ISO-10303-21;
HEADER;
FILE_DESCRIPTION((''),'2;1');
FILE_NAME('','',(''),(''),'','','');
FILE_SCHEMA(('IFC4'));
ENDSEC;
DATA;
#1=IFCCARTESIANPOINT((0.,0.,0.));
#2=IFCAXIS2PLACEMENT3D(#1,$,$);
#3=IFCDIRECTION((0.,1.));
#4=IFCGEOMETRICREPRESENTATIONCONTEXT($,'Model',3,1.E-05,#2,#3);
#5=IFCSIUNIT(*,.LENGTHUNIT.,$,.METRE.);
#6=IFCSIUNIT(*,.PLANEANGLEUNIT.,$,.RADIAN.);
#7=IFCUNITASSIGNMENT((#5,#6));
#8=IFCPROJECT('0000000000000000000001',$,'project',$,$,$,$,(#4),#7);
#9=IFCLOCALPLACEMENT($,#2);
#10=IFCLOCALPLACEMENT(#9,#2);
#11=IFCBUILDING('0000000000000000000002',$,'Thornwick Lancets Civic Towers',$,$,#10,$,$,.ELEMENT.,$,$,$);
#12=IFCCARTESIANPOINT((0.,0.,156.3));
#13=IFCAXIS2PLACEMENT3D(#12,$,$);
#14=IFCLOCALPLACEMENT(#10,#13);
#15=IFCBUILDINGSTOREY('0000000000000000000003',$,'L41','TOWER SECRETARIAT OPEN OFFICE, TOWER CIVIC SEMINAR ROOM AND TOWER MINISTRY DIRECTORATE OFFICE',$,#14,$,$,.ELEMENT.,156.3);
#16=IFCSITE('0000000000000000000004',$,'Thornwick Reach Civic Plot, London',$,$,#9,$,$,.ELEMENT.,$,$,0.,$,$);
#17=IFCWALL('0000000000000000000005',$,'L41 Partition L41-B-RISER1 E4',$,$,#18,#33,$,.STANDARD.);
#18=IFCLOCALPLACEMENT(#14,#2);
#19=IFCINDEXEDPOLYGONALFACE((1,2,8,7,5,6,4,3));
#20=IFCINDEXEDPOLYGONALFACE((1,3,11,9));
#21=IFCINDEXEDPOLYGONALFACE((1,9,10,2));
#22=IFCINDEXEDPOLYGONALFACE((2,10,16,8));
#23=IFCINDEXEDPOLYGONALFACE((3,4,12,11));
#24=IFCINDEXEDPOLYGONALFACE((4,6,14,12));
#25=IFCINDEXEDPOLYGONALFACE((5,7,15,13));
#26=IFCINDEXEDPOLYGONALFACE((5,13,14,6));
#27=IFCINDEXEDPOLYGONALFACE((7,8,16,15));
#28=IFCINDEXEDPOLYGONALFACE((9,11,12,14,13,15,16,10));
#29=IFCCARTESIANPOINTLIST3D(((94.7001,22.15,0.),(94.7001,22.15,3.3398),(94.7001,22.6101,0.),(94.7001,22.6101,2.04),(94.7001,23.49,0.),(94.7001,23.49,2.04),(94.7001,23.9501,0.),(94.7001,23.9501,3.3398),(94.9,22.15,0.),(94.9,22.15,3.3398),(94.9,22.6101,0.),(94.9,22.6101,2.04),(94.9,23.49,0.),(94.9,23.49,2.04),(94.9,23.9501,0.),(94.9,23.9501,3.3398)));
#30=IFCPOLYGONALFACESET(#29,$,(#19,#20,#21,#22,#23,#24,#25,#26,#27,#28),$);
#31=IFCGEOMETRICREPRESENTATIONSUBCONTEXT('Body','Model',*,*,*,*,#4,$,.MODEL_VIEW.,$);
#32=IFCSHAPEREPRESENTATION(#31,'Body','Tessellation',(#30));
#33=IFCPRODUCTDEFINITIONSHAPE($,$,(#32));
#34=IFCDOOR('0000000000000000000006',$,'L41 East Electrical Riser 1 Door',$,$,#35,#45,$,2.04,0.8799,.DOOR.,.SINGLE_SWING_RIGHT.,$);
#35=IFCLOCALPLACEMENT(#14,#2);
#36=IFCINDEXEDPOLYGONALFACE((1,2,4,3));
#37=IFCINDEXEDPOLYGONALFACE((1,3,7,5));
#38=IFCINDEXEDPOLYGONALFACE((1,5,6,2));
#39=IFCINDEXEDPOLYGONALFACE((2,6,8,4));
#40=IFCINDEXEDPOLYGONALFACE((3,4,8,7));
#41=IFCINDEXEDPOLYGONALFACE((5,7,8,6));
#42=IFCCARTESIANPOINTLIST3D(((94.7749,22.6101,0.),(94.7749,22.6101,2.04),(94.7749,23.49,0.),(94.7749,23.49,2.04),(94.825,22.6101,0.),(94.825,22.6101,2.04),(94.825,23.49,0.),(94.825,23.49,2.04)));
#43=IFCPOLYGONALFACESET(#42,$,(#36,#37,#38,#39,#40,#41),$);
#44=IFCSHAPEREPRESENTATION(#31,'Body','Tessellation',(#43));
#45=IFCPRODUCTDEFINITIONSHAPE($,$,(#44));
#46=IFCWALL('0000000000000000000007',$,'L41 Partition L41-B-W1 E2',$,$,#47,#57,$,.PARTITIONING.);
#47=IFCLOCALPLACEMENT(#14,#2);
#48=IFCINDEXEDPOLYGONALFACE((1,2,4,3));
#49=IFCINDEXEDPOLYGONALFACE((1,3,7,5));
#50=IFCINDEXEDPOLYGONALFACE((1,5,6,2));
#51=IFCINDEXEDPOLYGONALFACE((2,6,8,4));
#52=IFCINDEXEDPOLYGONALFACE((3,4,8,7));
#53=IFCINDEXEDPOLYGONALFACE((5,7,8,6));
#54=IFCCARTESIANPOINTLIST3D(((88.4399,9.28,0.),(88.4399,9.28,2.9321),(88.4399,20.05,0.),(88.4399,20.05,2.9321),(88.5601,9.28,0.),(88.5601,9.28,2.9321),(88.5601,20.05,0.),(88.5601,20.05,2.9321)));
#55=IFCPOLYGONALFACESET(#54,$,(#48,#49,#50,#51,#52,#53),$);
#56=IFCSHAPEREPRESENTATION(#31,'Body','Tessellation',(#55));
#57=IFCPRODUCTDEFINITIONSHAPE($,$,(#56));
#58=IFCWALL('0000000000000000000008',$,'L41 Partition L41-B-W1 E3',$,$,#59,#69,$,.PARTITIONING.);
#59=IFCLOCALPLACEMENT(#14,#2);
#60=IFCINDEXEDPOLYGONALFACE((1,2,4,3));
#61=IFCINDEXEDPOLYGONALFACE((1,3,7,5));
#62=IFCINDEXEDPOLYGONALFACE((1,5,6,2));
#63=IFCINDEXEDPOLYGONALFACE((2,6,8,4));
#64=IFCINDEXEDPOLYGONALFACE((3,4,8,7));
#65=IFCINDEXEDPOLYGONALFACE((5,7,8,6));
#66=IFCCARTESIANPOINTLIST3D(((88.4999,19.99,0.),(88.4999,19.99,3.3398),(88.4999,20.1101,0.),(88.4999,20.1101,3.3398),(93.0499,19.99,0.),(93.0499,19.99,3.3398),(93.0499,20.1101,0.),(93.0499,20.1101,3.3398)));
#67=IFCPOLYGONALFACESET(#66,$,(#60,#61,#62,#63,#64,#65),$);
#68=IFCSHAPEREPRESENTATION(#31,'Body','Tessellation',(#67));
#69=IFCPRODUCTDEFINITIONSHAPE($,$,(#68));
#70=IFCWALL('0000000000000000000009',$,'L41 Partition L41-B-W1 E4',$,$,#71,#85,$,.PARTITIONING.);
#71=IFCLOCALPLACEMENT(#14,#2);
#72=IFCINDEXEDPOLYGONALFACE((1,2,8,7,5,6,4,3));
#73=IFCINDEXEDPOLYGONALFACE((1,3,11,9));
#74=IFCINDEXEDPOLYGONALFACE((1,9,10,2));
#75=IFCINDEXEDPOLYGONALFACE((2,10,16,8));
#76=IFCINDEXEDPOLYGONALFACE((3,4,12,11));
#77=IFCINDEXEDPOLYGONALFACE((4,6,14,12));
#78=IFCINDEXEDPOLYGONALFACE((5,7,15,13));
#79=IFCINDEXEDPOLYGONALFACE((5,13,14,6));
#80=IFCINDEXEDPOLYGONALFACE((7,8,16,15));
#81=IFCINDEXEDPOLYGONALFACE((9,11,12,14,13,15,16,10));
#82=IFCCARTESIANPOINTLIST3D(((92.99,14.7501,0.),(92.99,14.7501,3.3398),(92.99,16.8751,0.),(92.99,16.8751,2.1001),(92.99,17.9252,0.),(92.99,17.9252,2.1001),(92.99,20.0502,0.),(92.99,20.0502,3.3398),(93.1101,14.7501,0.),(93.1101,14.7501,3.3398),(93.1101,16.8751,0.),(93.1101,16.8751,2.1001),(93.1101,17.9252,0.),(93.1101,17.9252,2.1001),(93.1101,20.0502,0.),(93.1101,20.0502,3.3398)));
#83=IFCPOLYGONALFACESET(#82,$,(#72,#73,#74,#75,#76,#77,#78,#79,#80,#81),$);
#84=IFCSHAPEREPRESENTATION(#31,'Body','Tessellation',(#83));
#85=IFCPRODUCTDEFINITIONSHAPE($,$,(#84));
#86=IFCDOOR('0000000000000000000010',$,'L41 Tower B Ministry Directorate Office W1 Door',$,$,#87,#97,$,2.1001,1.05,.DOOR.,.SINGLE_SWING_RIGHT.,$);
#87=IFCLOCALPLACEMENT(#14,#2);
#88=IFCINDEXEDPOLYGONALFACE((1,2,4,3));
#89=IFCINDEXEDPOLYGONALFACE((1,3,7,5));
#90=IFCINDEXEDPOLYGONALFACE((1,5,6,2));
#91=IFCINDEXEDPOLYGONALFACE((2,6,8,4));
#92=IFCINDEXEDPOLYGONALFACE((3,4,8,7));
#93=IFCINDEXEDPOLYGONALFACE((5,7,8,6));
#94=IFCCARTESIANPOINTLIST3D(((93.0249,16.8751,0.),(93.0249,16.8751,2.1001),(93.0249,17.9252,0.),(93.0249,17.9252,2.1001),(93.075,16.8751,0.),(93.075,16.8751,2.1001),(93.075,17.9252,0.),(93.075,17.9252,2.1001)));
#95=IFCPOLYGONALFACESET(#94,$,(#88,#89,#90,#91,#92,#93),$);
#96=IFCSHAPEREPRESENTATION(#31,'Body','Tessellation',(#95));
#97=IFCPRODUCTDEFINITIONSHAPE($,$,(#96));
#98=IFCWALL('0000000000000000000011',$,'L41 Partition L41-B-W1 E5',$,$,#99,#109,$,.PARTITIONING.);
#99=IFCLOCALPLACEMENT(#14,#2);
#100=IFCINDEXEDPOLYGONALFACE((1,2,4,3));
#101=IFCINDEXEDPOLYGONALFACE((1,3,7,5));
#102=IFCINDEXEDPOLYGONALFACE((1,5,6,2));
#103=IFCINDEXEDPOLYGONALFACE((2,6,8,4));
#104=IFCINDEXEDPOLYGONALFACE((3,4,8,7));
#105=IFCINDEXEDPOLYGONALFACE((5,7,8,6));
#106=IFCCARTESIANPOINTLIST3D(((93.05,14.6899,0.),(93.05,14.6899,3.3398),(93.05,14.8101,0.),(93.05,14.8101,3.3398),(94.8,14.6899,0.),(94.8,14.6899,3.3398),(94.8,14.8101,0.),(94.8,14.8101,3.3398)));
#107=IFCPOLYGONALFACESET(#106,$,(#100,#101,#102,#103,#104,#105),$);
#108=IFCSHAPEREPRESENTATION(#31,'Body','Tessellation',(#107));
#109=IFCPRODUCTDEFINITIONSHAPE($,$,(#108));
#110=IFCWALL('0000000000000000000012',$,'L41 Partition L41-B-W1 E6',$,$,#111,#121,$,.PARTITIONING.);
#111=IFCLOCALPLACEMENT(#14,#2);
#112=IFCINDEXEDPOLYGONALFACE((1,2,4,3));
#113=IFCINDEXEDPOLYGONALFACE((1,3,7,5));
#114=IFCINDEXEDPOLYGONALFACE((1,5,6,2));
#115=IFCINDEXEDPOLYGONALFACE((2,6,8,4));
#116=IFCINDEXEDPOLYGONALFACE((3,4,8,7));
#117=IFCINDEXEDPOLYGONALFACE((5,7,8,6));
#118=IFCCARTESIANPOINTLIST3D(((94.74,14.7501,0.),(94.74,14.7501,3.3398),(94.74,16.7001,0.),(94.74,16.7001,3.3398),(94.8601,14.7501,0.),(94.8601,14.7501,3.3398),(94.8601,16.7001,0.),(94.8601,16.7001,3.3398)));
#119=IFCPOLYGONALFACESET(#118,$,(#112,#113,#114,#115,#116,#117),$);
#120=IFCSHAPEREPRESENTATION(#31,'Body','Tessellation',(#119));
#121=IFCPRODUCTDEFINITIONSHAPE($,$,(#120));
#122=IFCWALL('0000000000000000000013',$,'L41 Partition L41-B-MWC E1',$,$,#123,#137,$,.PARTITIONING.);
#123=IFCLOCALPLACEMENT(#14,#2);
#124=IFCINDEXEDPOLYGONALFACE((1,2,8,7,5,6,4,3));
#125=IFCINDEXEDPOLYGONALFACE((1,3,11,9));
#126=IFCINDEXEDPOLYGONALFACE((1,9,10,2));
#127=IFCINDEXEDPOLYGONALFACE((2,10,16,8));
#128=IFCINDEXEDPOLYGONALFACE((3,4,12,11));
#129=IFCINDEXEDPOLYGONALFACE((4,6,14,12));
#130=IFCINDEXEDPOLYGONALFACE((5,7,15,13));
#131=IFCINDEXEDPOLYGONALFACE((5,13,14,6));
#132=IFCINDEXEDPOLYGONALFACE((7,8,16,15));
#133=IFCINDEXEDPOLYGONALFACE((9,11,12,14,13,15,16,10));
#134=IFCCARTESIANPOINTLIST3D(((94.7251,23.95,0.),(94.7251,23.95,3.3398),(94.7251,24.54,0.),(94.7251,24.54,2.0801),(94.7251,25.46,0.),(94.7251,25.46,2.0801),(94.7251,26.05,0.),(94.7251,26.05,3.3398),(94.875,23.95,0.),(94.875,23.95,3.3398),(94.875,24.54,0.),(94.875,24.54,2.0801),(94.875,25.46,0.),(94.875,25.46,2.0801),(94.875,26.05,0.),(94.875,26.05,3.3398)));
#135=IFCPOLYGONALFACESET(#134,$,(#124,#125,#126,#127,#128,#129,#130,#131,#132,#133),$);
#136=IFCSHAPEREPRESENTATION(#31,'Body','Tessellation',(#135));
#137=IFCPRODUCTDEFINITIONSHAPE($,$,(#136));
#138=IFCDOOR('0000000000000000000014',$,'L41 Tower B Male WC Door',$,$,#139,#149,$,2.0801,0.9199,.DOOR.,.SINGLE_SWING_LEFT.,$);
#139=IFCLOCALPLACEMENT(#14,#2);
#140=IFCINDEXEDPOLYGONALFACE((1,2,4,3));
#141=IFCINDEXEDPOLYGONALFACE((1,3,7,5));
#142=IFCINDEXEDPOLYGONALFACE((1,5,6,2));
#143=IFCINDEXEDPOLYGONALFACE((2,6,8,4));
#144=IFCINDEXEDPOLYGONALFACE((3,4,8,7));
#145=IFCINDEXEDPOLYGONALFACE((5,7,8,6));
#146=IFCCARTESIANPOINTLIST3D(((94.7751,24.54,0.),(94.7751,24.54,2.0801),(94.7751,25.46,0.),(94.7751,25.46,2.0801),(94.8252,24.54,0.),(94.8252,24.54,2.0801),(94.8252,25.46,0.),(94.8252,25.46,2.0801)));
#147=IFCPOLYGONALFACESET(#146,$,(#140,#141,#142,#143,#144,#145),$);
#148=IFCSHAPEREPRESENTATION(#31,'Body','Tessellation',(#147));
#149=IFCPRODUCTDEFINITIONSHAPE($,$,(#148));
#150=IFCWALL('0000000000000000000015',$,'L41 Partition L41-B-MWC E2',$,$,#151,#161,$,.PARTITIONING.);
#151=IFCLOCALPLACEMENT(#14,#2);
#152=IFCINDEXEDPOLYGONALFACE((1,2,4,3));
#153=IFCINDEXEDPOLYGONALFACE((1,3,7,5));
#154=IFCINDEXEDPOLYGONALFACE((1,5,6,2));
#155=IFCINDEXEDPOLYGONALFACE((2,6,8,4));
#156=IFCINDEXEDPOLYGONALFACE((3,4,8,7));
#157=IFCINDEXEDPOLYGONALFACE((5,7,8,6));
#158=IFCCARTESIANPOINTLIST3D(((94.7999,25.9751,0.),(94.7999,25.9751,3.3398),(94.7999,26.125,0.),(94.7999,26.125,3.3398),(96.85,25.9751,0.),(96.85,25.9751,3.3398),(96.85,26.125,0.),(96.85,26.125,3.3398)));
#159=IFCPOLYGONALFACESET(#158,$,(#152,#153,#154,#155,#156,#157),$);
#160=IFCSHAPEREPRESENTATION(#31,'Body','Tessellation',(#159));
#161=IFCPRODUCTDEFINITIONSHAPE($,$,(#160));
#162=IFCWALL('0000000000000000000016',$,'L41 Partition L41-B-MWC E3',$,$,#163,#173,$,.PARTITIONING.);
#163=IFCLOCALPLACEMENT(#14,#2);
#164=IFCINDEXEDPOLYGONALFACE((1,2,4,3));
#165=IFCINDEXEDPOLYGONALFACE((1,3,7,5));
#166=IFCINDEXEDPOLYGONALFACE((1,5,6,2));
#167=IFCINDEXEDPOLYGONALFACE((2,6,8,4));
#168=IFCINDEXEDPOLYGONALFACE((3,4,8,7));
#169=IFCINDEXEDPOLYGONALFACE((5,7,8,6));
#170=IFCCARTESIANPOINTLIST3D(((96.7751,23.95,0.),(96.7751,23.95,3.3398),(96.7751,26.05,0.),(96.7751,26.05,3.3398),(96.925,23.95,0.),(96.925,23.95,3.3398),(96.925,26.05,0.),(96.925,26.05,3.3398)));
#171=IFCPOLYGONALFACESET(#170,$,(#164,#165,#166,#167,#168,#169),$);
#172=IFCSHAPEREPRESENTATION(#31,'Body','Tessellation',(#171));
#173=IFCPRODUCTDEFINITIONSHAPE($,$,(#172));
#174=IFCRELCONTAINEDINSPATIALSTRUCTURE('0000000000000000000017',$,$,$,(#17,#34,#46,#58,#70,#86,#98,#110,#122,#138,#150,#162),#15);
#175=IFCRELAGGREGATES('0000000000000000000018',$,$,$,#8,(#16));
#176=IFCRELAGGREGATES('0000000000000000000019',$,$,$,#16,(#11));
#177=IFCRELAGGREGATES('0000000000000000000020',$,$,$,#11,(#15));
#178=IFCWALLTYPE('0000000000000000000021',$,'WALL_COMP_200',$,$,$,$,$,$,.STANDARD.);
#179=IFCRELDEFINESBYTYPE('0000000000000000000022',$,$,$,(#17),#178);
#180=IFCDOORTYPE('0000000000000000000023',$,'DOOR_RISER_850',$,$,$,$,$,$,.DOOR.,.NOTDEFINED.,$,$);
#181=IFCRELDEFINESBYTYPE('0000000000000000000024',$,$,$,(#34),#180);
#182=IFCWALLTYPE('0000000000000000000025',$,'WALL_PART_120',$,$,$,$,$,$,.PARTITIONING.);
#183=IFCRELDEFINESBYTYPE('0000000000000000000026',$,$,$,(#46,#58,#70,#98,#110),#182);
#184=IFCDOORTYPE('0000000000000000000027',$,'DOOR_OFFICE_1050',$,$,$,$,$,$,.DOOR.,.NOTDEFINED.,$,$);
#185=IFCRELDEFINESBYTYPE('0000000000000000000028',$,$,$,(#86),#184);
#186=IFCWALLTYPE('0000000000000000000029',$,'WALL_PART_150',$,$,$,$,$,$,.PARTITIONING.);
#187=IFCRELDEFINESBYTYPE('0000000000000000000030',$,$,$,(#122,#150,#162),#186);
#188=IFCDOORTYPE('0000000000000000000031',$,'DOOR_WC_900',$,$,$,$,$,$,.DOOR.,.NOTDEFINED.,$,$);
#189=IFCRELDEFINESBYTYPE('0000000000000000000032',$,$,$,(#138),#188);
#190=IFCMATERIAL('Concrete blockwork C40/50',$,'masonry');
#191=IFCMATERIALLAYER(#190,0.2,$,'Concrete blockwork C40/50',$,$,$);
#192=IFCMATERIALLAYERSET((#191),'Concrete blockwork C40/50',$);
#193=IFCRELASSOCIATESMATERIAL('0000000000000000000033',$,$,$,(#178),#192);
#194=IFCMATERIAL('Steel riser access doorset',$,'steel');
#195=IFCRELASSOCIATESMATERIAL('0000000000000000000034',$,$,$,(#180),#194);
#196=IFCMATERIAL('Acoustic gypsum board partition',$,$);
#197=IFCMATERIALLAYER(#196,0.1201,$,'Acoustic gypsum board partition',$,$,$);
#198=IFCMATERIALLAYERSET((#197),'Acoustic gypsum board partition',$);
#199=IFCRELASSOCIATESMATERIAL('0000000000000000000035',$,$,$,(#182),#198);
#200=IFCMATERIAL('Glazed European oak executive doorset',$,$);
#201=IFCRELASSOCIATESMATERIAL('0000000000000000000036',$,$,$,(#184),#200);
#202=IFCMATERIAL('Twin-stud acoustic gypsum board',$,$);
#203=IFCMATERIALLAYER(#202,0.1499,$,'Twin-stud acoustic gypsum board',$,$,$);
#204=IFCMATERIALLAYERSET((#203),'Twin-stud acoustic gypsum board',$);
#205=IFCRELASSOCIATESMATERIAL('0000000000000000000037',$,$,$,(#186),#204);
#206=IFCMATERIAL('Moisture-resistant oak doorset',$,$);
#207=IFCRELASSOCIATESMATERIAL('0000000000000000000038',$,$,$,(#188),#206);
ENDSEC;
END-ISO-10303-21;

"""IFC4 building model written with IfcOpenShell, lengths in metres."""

from ifc_helpers import new_model, si_unit, direction, frame, frame_2d, origin, place, context, subcontext, project, spatial, rectangle, extrude, material, layer, layer_set, type_object, element, fill, save


model = new_model("IFC4")

# Units and contexts
model_context = context("Model", 3, precision=1e-05, world=origin(), true_north=direction((0.0, 1.0)))
body_context = subcontext(model_context, "Body", "Model", "MODEL_VIEW")
ifc_project = project(units=[si_unit("LENGTHUNIT", "METRE"), si_unit("PLANEANGLEUNIT", "RADIAN")], contexts=[model_context])

# Site, building, storey
site_placement = place(None, origin())
site = spatial("IfcSite", under=ifc_project, at=site_placement, Name="Thornwick Reach Civic Plot, London", CompositionType="ELEMENT", RefElevation=0.0)
building_placement = place(site_placement, origin())
building = spatial("IfcBuilding", under=site, at=building_placement, Name="Thornwick Lancets Civic Towers", CompositionType="ELEMENT")
storey_placement = place(building_placement, frame((0.0, 0.0, 156.3)))
storey = spatial("IfcBuildingStorey", under=building, at=storey_placement, Name="L41", Description="TOWER SECRETARIAT OPEN OFFICE, TOWER CIVIC SEMINAR ROOM AND TOWER MINISTRY DIRECTORATE OFFICE", CompositionType="ELEMENT", Elevation=156.3)

# Shared definitions
ifc_material_1 = material(Name="Concrete blockwork C40/50", Category="masonry")
ifc_layer_1 = layer(ifc_material_1, 0.2, Name="Concrete blockwork C40/50")
ifc_layer_set_1 = layer_set([ifc_layer_1], Name="Concrete blockwork C40/50")
wall_type_1 = type_object("IfcWallType", Name="WALL_COMP_200", PredefinedType="STANDARD", material=ifc_layer_set_1)

# Wall, opening, door
wall_1_placement = place(storey_placement, frame((94.8, 23.95, 0.0), z_axis=(0.0, 0.0, 1.0), x_axis=(0.0, -1.0, 0.0)))
wall_1 = element("IfcWall", 1, at=wall_1_placement, inside=storey, type_object=wall_type_1, Name="L41 Partition L41-B-RISER1 E4", PredefinedType="STANDARD", context=body_context, shape_type="SweptSolid", body=[
    extrude(rectangle(XDim=1.8, YDim=0.2, at=frame_2d((0.8999, 0.0))), origin(), (0.0, 0.0, 1.0), 3.3398),
])
opening_1_placement = place(wall_1_placement, frame((0.46, 0.0, 0.0)))
opening_1 = element("IfcOpeningElement", 2, at=opening_1_placement, cuts=wall_1, PredefinedType="OPENING", context=body_context, shape_type="SweptSolid", body=[
    extrude(rectangle(XDim=0.8799, YDim=2.04, at=frame_2d((0.4399, 1.02))), frame((0.0, 0.1099, 0.0), z_axis=(0.0, -1.0, 0.0), x_axis=(1.0, 0.0, 0.0)), (0.0, 0.0, 1.0), 0.22),
])
ifc_material_2 = material(Name="Steel riser access doorset", Category="steel")
door_type_1 = type_object("IfcDoorType", Name="DOOR_RISER_850", OperationType="NOTDEFINED", PredefinedType="DOOR", material=ifc_material_2)
door_1_placement = place(opening_1_placement, origin())
door_1 = element("IfcDoor", 3, at=door_1_placement, inside=storey, type_object=door_type_1, Name="L41 East Electrical Riser 1 Door", OperationType="SINGLE_SWING_RIGHT", OverallHeight=2.04, OverallWidth=0.8799, PredefinedType="DOOR", context=body_context, shape_type="SweptSolid", body=[
    extrude(rectangle(XDim=0.8799, YDim=2.04, at=frame_2d((0.4399, 1.02))), frame((0.0, 0.0249, 0.0), z_axis=(0.0, -1.0, 0.0), x_axis=(1.0, 0.0, 0.0)), (0.0, 0.0, 1.0), 0.05),
])
fill(opening_1, door_1)

# Walls
ifc_material_3 = material(Name="Acoustic gypsum board partition")
ifc_layer_2 = layer(ifc_material_3, 0.1201, Name="Acoustic gypsum board partition")
ifc_layer_set_2 = layer_set([ifc_layer_2], Name="Acoustic gypsum board partition")
wall_type_2 = type_object("IfcWallType", Name="WALL_PART_120", PredefinedType="PARTITIONING", material=ifc_layer_set_2)
wall_2_placement = place(storey_placement, frame((88.5, 9.28, 0.0), z_axis=(0.0, 0.0, 1.0), x_axis=(0.0, 1.0, 0.0)))
element("IfcWall", 4, at=wall_2_placement, inside=storey, type_object=wall_type_2, Name="L41 Partition L41-B-W1 E2", PredefinedType="PARTITIONING", context=body_context, shape_type="SweptSolid", body=[
    extrude(rectangle(XDim=10.77, YDim=0.1201, at=frame_2d((5.385, 0.0))), origin(), (0.0, 0.0, 1.0), 2.9321),
])
wall_3_placement = place(storey_placement, frame((88.5, 20.05, 0.0), z_axis=(0.0, 0.0, 1.0), x_axis=(1.0, 0.0, 0.0)))
element("IfcWall", 5, at=wall_3_placement, inside=storey, type_object=wall_type_2, Name="L41 Partition L41-B-W1 E3", PredefinedType="PARTITIONING", context=body_context, shape_type="SweptSolid", body=[
    extrude(rectangle(XDim=4.55, YDim=0.1201, at=frame_2d((2.2749, 0.0))), origin(), (0.0, 0.0, 1.0), 3.3398),
])

# Wall, opening, door
wall_4_placement = place(storey_placement, frame((93.05, 20.05, 0.0), z_axis=(0.0, 0.0, 1.0), x_axis=(0.0, -1.0, 0.0)))
wall_4 = element("IfcWall", 6, at=wall_4_placement, inside=storey, type_object=wall_type_2, Name="L41 Partition L41-B-W1 E4", PredefinedType="PARTITIONING", context=body_context, shape_type="SweptSolid", body=[
    extrude(rectangle(XDim=5.3, YDim=0.1201, at=frame_2d((2.6499, 0.0))), origin(), (0.0, 0.0, 1.0), 3.3398),
])
opening_2_placement = place(wall_4_placement, frame((2.125, 0.0, 0.0)))
opening_2 = element("IfcOpeningElement", 7, at=opening_2_placement, cuts=wall_4, PredefinedType="OPENING", context=body_context, shape_type="SweptSolid", body=[
    extrude(rectangle(XDim=1.05, YDim=2.1001, at=frame_2d((0.5249, 1.05))), frame((0.0, 0.0701, 0.0), z_axis=(0.0, -1.0, 0.0), x_axis=(1.0, 0.0, 0.0)), (0.0, 0.0, 1.0), 0.1401),
])
ifc_material_4 = material(Name="Glazed European oak executive doorset")
door_type_2 = type_object("IfcDoorType", Name="DOOR_OFFICE_1050", OperationType="NOTDEFINED", PredefinedType="DOOR", material=ifc_material_4)
door_2_placement = place(opening_2_placement, origin())
door_2 = element("IfcDoor", 8, at=door_2_placement, inside=storey, type_object=door_type_2, Name="L41 Tower B Ministry Directorate Office W1 Door", OperationType="SINGLE_SWING_RIGHT", OverallHeight=2.1001, OverallWidth=1.05, PredefinedType="DOOR", context=body_context, shape_type="SweptSolid", body=[
    extrude(rectangle(XDim=1.05, YDim=2.1001, at=frame_2d((0.5249, 1.05))), frame((0.0, 0.0249, 0.0), z_axis=(0.0, -1.0, 0.0), x_axis=(1.0, 0.0, 0.0)), (0.0, 0.0, 1.0), 0.05),
])
fill(opening_2, door_2)

# Walls
wall_5_placement = place(storey_placement, frame((93.05, 14.75, 0.0), z_axis=(0.0, 0.0, 1.0), x_axis=(1.0, 0.0, 0.0)))
element("IfcWall", 9, at=wall_5_placement, inside=storey, type_object=wall_type_2, Name="L41 Partition L41-B-W1 E5", PredefinedType="PARTITIONING", context=body_context, shape_type="SweptSolid", body=[
    extrude(rectangle(XDim=1.75, YDim=0.1201, at=frame_2d((0.875, 0.0))), origin(), (0.0, 0.0, 1.0), 3.3398),
])
wall_6_placement = place(storey_placement, frame((94.8, 14.75, 0.0), z_axis=(0.0, 0.0, 1.0), x_axis=(0.0, 1.0, 0.0)))
element("IfcWall", 10, at=wall_6_placement, inside=storey, type_object=wall_type_2, Name="L41 Partition L41-B-W1 E6", PredefinedType="PARTITIONING", context=body_context, shape_type="SweptSolid", body=[
    extrude(rectangle(XDim=1.95, YDim=0.1201, at=frame_2d((0.9751, 0.0))), origin(), (0.0, 0.0, 1.0), 3.3398),
])

# Wall, opening, door
ifc_material_5 = material(Name="Twin-stud acoustic gypsum board")
ifc_layer_3 = layer(ifc_material_5, 0.1499, Name="Twin-stud acoustic gypsum board")
ifc_layer_set_3 = layer_set([ifc_layer_3], Name="Twin-stud acoustic gypsum board")
wall_type_3 = type_object("IfcWallType", Name="WALL_PART_150", PredefinedType="PARTITIONING", material=ifc_layer_set_3)
wall_7_placement = place(storey_placement, frame((94.8, 23.95, 0.0), z_axis=(0.0, 0.0, 1.0), x_axis=(0.0, 1.0, 0.0)))
wall_7 = element("IfcWall", 11, at=wall_7_placement, inside=storey, type_object=wall_type_3, Name="L41 Partition L41-B-MWC E1", PredefinedType="PARTITIONING", context=body_context, shape_type="SweptSolid", body=[
    extrude(rectangle(XDim=2.1001, YDim=0.1499, at=frame_2d((1.05, 0.0))), origin(), (0.0, 0.0, 1.0), 3.3398),
])
opening_3_placement = place(wall_7_placement, frame((0.5901, 0.0, 0.0)))
opening_3 = element("IfcOpeningElement", 12, at=opening_3_placement, cuts=wall_7, PredefinedType="OPENING", context=body_context, shape_type="SweptSolid", body=[
    extrude(rectangle(XDim=0.9199, YDim=2.0801, at=frame_2d((0.46, 1.04))), frame((0.0, 0.085, 0.0), z_axis=(0.0, -1.0, 0.0), x_axis=(1.0, 0.0, 0.0)), (0.0, 0.0, 1.0), 0.1699),
])
ifc_material_6 = material(Name="Moisture-resistant oak doorset")
door_type_3 = type_object("IfcDoorType", Name="DOOR_WC_900", OperationType="NOTDEFINED", PredefinedType="DOOR", material=ifc_material_6)
door_3_placement = place(opening_3_placement, origin())
door_3 = element("IfcDoor", 13, at=door_3_placement, inside=storey, type_object=door_type_3, Name="L41 Tower B Male WC Door", OperationType="SINGLE_SWING_LEFT", OverallHeight=2.0801, OverallWidth=0.9199, PredefinedType="DOOR", context=body_context, shape_type="SweptSolid", body=[
    extrude(rectangle(XDim=0.9199, YDim=2.0801, at=frame_2d((0.46, 1.04))), frame((0.0, 0.0249, 0.0), z_axis=(0.0, -1.0, 0.0), x_axis=(1.0, 0.0, 0.0)), (0.0, 0.0, 1.0), 0.05),
])
fill(opening_3, door_3)

# Walls
wall_8_placement = place(storey_placement, frame((94.8, 26.05, 0.0), z_axis=(0.0, 0.0, 1.0), x_axis=(1.0, 0.0, 0.0)))
element("IfcWall", 14, at=wall_8_placement, inside=storey, type_object=wall_type_3, Name="L41 Partition L41-B-MWC E2", PredefinedType="PARTITIONING", context=body_context, shape_type="SweptSolid", body=[
    extrude(rectangle(XDim=2.05, YDim=0.1499, at=frame_2d((1.0249, 0.0))), origin(), (0.0, 0.0, 1.0), 3.3398),
])
wall_9_placement = place(storey_placement, frame((96.8501, 26.05, 0.0), z_axis=(0.0, 0.0, 1.0), x_axis=(0.0, -1.0, 0.0)))
element("IfcWall", 15, at=wall_9_placement, inside=storey, type_object=wall_type_3, Name="L41 Partition L41-B-MWC E3", PredefinedType="PARTITIONING", context=body_context, shape_type="SweptSolid", body=[
    extrude(rectangle(XDim=2.1001, YDim=0.1499, at=frame_2d((1.05, 0.0))), origin(), (0.0, 0.0, 1.0), 3.3398),
])

save(model, "model.ifc")
